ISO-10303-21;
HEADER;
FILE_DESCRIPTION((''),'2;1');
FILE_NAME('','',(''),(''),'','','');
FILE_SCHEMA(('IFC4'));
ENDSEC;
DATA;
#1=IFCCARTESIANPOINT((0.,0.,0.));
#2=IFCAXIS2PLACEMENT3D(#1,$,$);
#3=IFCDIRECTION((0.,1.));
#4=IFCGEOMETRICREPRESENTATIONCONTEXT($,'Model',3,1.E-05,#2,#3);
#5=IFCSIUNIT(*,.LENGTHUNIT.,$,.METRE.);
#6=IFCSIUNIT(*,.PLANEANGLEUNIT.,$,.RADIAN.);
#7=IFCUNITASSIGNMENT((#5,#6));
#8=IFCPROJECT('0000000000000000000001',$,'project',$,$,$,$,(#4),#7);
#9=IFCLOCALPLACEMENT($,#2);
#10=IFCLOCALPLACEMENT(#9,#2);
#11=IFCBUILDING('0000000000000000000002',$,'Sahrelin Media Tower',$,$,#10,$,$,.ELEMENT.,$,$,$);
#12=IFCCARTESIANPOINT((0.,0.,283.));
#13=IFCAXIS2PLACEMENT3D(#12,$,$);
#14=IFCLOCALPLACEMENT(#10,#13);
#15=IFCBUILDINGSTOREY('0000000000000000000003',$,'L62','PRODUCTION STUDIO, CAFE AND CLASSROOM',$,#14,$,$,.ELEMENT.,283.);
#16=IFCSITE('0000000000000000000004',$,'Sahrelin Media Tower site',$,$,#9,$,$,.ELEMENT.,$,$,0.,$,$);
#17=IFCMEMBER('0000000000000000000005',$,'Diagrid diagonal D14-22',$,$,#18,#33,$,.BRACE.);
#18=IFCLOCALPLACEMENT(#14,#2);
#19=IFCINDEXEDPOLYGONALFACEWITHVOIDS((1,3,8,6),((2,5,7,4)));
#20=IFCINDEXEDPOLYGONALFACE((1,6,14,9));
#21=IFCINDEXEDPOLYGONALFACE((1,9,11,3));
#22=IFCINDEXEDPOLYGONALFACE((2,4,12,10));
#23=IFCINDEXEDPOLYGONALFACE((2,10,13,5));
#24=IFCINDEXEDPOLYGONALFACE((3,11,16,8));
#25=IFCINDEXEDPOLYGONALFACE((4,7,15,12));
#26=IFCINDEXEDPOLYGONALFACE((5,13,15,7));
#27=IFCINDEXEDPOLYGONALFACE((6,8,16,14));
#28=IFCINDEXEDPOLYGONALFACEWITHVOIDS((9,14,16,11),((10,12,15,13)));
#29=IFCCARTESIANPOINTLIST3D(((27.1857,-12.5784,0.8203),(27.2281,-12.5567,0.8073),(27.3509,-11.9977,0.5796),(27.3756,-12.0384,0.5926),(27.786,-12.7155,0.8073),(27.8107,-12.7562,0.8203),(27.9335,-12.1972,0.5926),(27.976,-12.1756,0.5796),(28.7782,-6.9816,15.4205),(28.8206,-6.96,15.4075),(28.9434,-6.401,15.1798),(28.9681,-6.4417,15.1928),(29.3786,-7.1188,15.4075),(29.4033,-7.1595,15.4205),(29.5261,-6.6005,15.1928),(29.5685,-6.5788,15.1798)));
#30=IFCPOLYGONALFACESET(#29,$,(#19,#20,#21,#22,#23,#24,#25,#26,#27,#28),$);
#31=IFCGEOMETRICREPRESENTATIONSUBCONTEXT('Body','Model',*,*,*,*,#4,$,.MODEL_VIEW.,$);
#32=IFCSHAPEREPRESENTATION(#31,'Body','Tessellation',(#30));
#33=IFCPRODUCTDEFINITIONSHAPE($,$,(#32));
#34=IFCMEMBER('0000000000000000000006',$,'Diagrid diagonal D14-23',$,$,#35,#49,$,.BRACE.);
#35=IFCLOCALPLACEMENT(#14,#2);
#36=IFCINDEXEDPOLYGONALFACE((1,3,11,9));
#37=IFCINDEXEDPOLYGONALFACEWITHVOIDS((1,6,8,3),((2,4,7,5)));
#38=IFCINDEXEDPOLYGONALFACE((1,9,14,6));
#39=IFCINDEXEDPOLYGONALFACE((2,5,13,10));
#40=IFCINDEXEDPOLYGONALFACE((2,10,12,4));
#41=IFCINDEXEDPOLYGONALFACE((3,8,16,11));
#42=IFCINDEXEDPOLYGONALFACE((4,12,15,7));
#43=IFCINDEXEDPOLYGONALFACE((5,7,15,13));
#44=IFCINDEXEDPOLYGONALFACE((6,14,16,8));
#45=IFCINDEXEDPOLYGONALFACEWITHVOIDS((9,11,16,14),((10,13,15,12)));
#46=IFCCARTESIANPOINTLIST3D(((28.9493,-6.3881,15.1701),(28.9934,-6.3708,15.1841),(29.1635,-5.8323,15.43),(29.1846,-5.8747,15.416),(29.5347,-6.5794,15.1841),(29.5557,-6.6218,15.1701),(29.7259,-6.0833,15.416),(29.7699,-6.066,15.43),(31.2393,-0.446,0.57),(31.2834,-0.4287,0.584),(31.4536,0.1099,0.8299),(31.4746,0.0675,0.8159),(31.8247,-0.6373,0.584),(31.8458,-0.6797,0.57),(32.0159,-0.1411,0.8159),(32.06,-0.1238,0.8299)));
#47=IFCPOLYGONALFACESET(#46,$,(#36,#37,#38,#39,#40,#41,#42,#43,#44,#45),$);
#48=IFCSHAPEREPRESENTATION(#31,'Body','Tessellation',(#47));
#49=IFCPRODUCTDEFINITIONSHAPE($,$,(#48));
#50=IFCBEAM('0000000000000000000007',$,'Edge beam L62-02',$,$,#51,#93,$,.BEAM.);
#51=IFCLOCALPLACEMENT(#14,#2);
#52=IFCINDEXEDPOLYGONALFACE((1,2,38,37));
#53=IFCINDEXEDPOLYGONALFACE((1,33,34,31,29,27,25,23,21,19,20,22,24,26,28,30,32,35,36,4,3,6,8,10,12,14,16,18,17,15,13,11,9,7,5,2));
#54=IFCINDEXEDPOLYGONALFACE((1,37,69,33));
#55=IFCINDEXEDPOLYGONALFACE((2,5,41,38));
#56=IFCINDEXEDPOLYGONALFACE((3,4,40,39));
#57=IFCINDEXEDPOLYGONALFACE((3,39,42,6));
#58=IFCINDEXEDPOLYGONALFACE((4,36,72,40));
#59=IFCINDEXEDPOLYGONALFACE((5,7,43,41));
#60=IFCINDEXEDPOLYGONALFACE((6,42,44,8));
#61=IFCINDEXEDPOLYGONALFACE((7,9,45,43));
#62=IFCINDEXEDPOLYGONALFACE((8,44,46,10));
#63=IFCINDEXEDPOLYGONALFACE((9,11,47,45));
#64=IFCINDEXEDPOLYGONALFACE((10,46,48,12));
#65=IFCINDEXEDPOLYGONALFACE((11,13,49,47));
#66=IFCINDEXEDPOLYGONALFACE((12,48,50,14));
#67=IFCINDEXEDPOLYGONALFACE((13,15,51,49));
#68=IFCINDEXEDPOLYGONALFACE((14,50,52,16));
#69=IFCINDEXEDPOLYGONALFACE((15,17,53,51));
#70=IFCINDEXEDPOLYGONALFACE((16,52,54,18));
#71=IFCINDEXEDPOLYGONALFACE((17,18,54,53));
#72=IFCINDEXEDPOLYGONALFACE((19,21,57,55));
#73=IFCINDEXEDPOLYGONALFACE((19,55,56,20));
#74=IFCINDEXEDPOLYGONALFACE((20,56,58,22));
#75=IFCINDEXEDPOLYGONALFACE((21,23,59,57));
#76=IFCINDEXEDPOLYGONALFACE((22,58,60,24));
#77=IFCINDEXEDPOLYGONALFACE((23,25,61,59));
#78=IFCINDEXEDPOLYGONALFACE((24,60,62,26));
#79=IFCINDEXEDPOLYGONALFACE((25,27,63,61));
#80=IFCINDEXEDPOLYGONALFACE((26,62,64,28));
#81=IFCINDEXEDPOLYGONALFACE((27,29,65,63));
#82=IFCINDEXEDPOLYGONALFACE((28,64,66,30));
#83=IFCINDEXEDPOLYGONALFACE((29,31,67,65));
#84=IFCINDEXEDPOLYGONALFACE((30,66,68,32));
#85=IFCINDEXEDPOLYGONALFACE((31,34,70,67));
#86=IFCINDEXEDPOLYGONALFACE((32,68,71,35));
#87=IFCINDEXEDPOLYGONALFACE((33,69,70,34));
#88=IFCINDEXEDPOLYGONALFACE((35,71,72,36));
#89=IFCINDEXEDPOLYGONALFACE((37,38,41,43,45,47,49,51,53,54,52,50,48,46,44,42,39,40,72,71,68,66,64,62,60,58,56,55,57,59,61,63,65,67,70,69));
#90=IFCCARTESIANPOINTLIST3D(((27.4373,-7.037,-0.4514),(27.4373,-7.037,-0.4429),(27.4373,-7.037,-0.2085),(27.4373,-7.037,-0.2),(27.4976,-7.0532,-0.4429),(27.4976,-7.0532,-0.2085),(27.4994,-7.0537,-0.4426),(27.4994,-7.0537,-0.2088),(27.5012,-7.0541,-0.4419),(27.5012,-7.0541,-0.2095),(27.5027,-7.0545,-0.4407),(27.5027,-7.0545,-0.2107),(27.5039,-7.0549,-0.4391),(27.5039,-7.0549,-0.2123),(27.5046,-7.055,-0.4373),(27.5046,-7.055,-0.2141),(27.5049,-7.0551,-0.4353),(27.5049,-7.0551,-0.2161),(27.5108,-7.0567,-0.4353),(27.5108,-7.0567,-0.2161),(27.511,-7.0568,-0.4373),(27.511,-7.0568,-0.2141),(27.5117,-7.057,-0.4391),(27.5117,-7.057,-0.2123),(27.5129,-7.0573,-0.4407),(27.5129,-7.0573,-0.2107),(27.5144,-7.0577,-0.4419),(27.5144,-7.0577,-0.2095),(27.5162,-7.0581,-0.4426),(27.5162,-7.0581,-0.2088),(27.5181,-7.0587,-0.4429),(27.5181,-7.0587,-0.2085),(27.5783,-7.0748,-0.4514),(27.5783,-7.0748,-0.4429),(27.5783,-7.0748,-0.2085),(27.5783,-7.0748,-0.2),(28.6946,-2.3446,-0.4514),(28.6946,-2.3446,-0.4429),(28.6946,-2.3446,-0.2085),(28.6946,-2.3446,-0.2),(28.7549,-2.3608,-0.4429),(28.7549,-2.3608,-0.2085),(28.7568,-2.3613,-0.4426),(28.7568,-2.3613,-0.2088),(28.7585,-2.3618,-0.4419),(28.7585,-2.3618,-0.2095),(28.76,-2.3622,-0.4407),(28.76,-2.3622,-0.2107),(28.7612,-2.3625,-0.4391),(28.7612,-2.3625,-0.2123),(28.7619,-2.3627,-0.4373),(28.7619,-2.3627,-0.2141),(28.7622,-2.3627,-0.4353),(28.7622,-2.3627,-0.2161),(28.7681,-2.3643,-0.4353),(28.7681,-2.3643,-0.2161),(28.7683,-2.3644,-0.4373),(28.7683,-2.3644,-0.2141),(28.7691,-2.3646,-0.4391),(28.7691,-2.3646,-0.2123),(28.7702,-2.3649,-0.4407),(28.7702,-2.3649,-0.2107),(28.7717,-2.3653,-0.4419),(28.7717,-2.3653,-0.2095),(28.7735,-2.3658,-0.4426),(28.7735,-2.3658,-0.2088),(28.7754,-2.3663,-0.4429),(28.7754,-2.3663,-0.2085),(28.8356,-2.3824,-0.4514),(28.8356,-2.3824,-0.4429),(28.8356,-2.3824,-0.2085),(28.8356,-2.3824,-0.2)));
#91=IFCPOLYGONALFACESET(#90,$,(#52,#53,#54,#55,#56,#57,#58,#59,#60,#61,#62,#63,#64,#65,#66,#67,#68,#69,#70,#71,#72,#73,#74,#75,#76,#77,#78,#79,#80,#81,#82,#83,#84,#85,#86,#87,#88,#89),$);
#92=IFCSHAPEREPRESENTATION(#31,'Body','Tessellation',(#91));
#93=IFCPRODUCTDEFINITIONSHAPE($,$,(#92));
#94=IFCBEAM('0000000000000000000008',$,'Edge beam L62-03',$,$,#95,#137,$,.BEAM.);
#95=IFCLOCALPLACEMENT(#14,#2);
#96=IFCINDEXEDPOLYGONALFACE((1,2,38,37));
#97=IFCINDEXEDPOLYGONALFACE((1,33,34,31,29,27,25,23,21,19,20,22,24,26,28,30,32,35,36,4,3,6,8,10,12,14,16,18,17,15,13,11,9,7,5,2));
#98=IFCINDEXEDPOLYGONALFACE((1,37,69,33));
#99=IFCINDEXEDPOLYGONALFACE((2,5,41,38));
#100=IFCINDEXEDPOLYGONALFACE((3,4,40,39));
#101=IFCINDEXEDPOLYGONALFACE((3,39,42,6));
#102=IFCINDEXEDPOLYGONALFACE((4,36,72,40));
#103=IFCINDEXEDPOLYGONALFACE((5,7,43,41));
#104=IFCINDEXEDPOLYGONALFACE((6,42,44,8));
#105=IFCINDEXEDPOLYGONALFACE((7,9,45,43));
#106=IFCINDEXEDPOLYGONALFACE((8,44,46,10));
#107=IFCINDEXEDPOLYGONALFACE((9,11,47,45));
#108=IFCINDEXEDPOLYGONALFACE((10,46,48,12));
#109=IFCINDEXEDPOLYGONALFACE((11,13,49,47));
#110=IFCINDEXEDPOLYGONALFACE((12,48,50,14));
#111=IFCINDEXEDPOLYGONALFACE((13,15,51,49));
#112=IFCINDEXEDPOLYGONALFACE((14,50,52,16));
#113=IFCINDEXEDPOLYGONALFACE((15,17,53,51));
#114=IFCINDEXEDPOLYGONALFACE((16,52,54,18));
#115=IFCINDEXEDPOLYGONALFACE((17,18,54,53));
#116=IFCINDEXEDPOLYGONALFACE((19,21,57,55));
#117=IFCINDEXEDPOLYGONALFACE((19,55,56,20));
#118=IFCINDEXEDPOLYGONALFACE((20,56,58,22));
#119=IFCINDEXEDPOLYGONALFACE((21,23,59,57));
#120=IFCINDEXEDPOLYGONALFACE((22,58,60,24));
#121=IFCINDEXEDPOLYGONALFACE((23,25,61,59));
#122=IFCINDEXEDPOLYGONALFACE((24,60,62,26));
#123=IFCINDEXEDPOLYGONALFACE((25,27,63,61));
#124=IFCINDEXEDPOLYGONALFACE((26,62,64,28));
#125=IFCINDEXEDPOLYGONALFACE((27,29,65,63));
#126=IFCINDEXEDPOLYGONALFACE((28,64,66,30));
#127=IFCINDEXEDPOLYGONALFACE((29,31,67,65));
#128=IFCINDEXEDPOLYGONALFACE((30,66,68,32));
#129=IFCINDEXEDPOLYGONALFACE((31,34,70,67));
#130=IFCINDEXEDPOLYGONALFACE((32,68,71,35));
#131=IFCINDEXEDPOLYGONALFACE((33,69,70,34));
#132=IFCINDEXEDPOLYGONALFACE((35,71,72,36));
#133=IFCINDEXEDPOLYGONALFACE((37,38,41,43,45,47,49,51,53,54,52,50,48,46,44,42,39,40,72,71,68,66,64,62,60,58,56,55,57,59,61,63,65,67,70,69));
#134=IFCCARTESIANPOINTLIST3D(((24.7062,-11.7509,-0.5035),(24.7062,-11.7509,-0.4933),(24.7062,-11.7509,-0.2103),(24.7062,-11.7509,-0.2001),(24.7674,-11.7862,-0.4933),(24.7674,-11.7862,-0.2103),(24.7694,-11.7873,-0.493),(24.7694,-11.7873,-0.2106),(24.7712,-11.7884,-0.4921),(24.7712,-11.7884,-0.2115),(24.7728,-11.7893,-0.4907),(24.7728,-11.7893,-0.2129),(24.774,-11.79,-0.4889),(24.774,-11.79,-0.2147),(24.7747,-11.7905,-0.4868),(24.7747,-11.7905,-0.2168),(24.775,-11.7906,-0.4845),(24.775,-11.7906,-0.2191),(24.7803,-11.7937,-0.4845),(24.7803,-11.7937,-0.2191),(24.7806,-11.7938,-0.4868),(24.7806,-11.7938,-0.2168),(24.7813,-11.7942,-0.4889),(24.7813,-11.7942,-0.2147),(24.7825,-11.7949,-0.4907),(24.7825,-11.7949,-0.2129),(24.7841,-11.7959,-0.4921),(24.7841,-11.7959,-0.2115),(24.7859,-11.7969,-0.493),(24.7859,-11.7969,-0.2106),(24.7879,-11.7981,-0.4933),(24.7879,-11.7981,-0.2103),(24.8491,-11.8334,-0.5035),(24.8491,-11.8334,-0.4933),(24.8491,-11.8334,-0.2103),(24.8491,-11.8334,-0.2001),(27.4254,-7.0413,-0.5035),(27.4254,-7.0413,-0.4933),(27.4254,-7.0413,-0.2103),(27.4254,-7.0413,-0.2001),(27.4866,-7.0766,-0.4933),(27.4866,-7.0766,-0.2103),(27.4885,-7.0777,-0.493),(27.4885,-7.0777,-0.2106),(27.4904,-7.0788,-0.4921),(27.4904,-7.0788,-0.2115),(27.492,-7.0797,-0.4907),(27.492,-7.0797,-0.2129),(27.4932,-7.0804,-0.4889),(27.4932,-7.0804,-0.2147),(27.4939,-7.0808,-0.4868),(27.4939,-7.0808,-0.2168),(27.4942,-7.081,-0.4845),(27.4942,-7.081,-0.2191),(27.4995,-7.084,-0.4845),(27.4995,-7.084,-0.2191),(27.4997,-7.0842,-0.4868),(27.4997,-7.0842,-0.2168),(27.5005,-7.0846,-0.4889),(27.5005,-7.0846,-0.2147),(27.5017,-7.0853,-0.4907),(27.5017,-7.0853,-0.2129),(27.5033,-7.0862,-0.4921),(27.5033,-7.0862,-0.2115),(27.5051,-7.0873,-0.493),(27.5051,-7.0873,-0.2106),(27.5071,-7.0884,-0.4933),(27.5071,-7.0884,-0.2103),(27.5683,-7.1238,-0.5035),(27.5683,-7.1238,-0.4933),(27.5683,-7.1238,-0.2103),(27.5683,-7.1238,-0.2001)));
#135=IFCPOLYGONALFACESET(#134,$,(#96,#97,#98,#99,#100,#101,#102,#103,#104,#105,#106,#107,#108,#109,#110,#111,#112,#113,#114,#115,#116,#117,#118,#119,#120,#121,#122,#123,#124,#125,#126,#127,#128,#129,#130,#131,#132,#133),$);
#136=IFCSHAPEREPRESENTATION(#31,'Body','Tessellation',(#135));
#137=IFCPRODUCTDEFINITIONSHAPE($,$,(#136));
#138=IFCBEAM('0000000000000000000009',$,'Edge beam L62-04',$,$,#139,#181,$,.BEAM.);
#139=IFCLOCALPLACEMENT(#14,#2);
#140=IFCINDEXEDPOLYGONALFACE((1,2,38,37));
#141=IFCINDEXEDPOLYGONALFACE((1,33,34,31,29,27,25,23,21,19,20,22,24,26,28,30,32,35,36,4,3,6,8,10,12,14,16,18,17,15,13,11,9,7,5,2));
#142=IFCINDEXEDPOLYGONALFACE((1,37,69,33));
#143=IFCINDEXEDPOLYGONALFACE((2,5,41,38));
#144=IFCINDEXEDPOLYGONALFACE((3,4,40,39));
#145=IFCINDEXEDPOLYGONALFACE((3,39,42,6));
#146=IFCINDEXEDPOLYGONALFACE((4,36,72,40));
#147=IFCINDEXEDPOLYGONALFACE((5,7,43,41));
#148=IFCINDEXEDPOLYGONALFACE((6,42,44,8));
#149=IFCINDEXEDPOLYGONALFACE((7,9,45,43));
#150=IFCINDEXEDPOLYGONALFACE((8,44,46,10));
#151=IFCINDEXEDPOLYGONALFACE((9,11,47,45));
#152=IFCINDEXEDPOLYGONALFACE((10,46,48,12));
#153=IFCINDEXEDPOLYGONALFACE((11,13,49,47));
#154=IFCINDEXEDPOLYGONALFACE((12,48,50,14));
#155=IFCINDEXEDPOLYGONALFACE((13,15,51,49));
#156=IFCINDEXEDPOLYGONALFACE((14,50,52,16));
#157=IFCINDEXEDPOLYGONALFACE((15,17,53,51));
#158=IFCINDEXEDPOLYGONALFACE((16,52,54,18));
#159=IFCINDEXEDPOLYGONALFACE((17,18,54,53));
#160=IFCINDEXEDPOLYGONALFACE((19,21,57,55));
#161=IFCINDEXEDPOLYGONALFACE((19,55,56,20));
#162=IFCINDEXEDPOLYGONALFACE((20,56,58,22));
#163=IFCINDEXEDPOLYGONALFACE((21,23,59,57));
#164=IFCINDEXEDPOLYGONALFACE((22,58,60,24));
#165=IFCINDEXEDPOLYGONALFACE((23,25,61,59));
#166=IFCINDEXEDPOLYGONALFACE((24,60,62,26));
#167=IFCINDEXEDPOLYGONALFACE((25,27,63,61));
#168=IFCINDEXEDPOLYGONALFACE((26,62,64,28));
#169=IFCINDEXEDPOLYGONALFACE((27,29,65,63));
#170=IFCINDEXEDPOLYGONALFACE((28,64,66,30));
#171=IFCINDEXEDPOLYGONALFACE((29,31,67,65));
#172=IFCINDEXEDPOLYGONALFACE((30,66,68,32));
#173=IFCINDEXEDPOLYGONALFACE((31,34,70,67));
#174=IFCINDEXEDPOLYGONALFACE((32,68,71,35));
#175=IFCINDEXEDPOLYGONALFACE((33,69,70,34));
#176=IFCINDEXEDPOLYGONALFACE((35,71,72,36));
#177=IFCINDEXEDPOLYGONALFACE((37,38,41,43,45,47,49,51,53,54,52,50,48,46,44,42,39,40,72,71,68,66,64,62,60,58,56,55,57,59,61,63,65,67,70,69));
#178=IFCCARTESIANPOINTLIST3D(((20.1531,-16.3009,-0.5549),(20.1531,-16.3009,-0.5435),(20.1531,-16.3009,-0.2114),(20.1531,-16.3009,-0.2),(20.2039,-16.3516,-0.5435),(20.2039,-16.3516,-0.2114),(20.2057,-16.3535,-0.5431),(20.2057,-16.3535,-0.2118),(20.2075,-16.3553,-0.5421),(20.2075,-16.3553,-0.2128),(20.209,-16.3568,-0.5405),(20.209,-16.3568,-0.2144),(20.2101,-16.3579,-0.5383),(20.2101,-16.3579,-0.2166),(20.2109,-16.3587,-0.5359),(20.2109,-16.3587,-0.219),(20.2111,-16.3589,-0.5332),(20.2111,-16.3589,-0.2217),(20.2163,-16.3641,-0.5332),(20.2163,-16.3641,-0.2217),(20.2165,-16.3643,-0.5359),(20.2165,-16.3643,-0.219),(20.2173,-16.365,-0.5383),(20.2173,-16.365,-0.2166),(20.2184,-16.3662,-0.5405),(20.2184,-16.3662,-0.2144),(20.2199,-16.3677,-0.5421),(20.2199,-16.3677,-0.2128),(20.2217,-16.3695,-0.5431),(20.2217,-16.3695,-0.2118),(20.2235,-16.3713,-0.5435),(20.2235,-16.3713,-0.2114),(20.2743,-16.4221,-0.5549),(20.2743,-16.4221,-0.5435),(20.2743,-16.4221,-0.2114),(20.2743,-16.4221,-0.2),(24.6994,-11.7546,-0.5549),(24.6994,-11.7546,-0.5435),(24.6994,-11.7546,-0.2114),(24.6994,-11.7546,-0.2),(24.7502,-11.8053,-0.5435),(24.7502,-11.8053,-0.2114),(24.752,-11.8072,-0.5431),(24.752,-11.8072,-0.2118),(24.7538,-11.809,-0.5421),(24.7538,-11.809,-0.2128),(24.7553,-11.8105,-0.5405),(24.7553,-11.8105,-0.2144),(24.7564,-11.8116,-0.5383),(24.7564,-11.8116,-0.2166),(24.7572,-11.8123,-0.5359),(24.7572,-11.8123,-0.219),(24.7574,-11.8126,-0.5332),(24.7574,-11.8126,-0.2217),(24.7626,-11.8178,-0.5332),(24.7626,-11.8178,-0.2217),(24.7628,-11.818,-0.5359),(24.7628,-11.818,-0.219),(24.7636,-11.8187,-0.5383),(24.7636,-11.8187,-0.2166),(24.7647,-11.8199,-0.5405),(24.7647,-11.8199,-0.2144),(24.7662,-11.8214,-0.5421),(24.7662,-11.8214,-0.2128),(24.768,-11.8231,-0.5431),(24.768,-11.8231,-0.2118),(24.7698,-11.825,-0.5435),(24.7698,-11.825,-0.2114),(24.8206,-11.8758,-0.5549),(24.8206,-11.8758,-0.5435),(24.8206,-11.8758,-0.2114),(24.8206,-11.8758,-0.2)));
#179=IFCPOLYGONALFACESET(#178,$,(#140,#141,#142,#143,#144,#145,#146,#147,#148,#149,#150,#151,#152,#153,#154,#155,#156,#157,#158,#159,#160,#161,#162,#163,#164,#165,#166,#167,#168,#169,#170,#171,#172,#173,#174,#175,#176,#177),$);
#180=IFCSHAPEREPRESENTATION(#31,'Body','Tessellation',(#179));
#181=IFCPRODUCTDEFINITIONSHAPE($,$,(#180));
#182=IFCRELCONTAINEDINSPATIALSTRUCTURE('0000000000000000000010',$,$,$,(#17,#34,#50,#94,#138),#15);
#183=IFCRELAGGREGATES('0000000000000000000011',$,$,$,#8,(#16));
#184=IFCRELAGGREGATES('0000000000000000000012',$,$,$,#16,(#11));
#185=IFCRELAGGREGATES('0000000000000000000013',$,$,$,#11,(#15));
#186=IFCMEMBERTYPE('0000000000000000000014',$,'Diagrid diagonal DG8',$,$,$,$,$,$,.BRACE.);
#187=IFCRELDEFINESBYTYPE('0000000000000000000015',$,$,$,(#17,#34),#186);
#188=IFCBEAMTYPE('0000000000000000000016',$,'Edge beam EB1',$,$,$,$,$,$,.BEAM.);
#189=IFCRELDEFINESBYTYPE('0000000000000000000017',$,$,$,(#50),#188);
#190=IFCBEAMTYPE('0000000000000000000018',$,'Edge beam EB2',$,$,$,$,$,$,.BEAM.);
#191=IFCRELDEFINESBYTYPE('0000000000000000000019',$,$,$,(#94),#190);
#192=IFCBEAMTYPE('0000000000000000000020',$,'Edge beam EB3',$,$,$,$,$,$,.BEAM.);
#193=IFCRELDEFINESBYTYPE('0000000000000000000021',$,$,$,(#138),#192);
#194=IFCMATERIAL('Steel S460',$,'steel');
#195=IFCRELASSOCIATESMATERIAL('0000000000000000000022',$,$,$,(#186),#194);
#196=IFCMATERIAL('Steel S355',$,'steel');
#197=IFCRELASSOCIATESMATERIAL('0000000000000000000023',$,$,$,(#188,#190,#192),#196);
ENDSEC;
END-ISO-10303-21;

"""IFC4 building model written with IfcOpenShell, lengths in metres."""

from ifc_helpers import new_model, si_unit, direction, frame, origin, origin_2d, place, context, subcontext, project, spatial, hollow_rectangle, i_section, extrude, material, material_profile, profile_set, type_object, element, save


model = new_model("IFC4")

# Units and contexts
model_context = context("Model", 3, precision=1e-05, world=origin(), true_north=direction((0.0, 1.0)))
body_context = subcontext(model_context, "Body", "Model", "MODEL_VIEW")
ifc_project = project(units=[si_unit("LENGTHUNIT", "METRE"), si_unit("PLANEANGLEUNIT", "RADIAN")], contexts=[model_context])

# Site, building, storey
site_placement = place(None, origin())
site = spatial("IfcSite", under=ifc_project, at=site_placement, Name="Sahrelin Media Tower site", CompositionType="ELEMENT", RefElevation=0.0)
building_placement = place(site_placement, origin())
building = spatial("IfcBuilding", under=site, at=building_placement, Name="Sahrelin Media Tower", CompositionType="ELEMENT")
storey_placement = place(building_placement, frame((0.0, 0.0, 283.0)))
storey = spatial("IfcBuildingStorey", under=building, at=storey_placement, Name="L62", Description="PRODUCTION STUDIO, CAFE AND CLASSROOM", CompositionType="ELEMENT", Elevation=283.0)

# Members
ifc_material_1 = material(Name="Steel S460", Category="steel")
ifc_material_profile_1 = material_profile(ifc_material_1, hollow_rectangle(XDim=0.6499, YDim=0.6499, WallThickness=0.0349, at=origin_2d()), Name="Diagrid diagonal DG8")
ifc_profile_set_1 = profile_set([ifc_material_profile_1], Name="Steel S460")
member_type = type_object("IfcMemberType", Name="Diagrid diagonal DG8", PredefinedType="BRACE", material=ifc_profile_set_1)
member_1_placement = place(storey_placement, frame((27.5808, -12.377, 0.7), z_axis=(0.101326, 0.356092, 0.928941), x_axis=(-0.961819, 0.273685, 0.0)))
element("IfcMember", 1, at=member_1_placement, inside=storey, type_object=member_type, Name="Diagrid diagonal D14-22", PredefinedType="BRACE", context=body_context, shape_type="SweptSolid", body=[
    extrude(hollow_rectangle(XDim=0.6499, YDim=0.6499, WallThickness=0.0349, at=origin_2d()), origin(), (0.0, 0.0, 1.0), 15.717),
])
member_2_placement = place(storey_placement, frame((31.6497, -0.2849, 0.7), z_axis=(-0.14377, -0.373051, 0.916604), x_axis=(0.933103, -0.359608, 0.0)))
element("IfcMember", 2, at=member_2_placement, inside=storey, type_object=member_type, Name="Diagrid diagonal D14-23", PredefinedType="BRACE", context=body_context, shape_type="SweptSolid", body=[
    extrude(hollow_rectangle(XDim=0.6499, YDim=0.6499, WallThickness=0.0349, at=origin_2d()), origin(), (0.0, 0.0, 1.0), 15.9285),
])

# Beams
ifc_material_2 = material(Name="Steel S355", Category="steel")
ifc_material_profile_2 = material_profile(ifc_material_2, i_section(OverallWidth=0.146, OverallDepth=0.2515, WebThickness=0.0061, FlangeThickness=0.0085, FilletRadius=0.0076, at=origin_2d()), Name="UB 254x146x31")
ifc_profile_set_2 = profile_set([ifc_material_profile_2], Name="Steel S355")
beam_type_1 = type_object("IfcBeamType", Name="Edge beam EB1", PredefinedType="BEAM", material=ifc_profile_set_2)
beam_1_placement = place(storey_placement, frame((28.7651, -2.3635, -0.3257), z_axis=(-0.25882, -0.965926, 0.0), x_axis=(0.965926, -0.25882, 0.0)))
element("IfcBeam", 3, at=beam_1_placement, inside=storey, type_object=beam_type_1, Name="Edge beam L62-02", PredefinedType="BEAM", context=body_context, shape_type="SweptSolid", body=[
    extrude(i_section(OverallWidth=0.146, OverallDepth=0.2515, WebThickness=0.0061, FlangeThickness=0.0085, FilletRadius=0.0076, at=origin_2d()), origin(), (0.0, 0.0, 1.0), 4.8579),
])
ifc_material_profile_3 = material_profile(ifc_material_2, i_section(OverallWidth=0.165, OverallDepth=0.3035, WebThickness=0.0061, FlangeThickness=0.0103, FilletRadius=0.0088, at=origin_2d()), Name="UB 305x165x40")
ifc_profile_set_3 = profile_set([ifc_material_profile_3], Name="Steel S355")
beam_type_2 = type_object("IfcBeamType", Name="Edge beam EB2", PredefinedType="BEAM", material=ifc_profile_set_3)
beam_2_placement = place(storey_placement, frame((27.4968, -7.0825, -0.3518), z_axis=(-0.500011, -0.866019, 0.0), x_axis=(0.866019, -0.500011, 0.0)))
element("IfcBeam", 4, at=beam_2_placement, inside=storey, type_object=beam_type_2, Name="Edge beam L62-03", PredefinedType="BEAM", context=body_context, shape_type="SweptSolid", body=[
    extrude(i_section(OverallWidth=0.165, OverallDepth=0.3035, WebThickness=0.0061, FlangeThickness=0.0103, FilletRadius=0.0088, at=origin_2d()), origin(), (0.0, 0.0, 1.0), 5.4382),
])
ifc_material_profile_4 = material_profile(ifc_material_2, i_section(OverallWidth=0.1714, OverallDepth=0.355, WebThickness=0.0073, FlangeThickness=0.0115, FilletRadius=0.0103, at=origin_2d()), Name="UB 356x171x51")
ifc_profile_set_4 = profile_set([ifc_material_profile_4], Name="Steel S355")
beam_type_3 = type_object("IfcBeamType", Name="Edge beam EB3", PredefinedType="BEAM", material=ifc_profile_set_4)
beam_3_placement = place(storey_placement, frame((24.76, -11.8152, -0.3774), z_axis=(-0.707107, -0.707107, 0.0), x_axis=(0.707107, -0.707107, 0.0)))
element("IfcBeam", 5, at=beam_3_placement, inside=storey, type_object=beam_type_3, Name="Edge beam L62-04", PredefinedType="BEAM", context=body_context, shape_type="SweptSolid", body=[
    extrude(i_section(OverallWidth=0.1714, OverallDepth=0.355, WebThickness=0.0073, FlangeThickness=0.0115, FilletRadius=0.0103, at=origin_2d()), origin(), (0.0, 0.0, 1.0), 6.4294),
])

save(model, "model.ifc")
